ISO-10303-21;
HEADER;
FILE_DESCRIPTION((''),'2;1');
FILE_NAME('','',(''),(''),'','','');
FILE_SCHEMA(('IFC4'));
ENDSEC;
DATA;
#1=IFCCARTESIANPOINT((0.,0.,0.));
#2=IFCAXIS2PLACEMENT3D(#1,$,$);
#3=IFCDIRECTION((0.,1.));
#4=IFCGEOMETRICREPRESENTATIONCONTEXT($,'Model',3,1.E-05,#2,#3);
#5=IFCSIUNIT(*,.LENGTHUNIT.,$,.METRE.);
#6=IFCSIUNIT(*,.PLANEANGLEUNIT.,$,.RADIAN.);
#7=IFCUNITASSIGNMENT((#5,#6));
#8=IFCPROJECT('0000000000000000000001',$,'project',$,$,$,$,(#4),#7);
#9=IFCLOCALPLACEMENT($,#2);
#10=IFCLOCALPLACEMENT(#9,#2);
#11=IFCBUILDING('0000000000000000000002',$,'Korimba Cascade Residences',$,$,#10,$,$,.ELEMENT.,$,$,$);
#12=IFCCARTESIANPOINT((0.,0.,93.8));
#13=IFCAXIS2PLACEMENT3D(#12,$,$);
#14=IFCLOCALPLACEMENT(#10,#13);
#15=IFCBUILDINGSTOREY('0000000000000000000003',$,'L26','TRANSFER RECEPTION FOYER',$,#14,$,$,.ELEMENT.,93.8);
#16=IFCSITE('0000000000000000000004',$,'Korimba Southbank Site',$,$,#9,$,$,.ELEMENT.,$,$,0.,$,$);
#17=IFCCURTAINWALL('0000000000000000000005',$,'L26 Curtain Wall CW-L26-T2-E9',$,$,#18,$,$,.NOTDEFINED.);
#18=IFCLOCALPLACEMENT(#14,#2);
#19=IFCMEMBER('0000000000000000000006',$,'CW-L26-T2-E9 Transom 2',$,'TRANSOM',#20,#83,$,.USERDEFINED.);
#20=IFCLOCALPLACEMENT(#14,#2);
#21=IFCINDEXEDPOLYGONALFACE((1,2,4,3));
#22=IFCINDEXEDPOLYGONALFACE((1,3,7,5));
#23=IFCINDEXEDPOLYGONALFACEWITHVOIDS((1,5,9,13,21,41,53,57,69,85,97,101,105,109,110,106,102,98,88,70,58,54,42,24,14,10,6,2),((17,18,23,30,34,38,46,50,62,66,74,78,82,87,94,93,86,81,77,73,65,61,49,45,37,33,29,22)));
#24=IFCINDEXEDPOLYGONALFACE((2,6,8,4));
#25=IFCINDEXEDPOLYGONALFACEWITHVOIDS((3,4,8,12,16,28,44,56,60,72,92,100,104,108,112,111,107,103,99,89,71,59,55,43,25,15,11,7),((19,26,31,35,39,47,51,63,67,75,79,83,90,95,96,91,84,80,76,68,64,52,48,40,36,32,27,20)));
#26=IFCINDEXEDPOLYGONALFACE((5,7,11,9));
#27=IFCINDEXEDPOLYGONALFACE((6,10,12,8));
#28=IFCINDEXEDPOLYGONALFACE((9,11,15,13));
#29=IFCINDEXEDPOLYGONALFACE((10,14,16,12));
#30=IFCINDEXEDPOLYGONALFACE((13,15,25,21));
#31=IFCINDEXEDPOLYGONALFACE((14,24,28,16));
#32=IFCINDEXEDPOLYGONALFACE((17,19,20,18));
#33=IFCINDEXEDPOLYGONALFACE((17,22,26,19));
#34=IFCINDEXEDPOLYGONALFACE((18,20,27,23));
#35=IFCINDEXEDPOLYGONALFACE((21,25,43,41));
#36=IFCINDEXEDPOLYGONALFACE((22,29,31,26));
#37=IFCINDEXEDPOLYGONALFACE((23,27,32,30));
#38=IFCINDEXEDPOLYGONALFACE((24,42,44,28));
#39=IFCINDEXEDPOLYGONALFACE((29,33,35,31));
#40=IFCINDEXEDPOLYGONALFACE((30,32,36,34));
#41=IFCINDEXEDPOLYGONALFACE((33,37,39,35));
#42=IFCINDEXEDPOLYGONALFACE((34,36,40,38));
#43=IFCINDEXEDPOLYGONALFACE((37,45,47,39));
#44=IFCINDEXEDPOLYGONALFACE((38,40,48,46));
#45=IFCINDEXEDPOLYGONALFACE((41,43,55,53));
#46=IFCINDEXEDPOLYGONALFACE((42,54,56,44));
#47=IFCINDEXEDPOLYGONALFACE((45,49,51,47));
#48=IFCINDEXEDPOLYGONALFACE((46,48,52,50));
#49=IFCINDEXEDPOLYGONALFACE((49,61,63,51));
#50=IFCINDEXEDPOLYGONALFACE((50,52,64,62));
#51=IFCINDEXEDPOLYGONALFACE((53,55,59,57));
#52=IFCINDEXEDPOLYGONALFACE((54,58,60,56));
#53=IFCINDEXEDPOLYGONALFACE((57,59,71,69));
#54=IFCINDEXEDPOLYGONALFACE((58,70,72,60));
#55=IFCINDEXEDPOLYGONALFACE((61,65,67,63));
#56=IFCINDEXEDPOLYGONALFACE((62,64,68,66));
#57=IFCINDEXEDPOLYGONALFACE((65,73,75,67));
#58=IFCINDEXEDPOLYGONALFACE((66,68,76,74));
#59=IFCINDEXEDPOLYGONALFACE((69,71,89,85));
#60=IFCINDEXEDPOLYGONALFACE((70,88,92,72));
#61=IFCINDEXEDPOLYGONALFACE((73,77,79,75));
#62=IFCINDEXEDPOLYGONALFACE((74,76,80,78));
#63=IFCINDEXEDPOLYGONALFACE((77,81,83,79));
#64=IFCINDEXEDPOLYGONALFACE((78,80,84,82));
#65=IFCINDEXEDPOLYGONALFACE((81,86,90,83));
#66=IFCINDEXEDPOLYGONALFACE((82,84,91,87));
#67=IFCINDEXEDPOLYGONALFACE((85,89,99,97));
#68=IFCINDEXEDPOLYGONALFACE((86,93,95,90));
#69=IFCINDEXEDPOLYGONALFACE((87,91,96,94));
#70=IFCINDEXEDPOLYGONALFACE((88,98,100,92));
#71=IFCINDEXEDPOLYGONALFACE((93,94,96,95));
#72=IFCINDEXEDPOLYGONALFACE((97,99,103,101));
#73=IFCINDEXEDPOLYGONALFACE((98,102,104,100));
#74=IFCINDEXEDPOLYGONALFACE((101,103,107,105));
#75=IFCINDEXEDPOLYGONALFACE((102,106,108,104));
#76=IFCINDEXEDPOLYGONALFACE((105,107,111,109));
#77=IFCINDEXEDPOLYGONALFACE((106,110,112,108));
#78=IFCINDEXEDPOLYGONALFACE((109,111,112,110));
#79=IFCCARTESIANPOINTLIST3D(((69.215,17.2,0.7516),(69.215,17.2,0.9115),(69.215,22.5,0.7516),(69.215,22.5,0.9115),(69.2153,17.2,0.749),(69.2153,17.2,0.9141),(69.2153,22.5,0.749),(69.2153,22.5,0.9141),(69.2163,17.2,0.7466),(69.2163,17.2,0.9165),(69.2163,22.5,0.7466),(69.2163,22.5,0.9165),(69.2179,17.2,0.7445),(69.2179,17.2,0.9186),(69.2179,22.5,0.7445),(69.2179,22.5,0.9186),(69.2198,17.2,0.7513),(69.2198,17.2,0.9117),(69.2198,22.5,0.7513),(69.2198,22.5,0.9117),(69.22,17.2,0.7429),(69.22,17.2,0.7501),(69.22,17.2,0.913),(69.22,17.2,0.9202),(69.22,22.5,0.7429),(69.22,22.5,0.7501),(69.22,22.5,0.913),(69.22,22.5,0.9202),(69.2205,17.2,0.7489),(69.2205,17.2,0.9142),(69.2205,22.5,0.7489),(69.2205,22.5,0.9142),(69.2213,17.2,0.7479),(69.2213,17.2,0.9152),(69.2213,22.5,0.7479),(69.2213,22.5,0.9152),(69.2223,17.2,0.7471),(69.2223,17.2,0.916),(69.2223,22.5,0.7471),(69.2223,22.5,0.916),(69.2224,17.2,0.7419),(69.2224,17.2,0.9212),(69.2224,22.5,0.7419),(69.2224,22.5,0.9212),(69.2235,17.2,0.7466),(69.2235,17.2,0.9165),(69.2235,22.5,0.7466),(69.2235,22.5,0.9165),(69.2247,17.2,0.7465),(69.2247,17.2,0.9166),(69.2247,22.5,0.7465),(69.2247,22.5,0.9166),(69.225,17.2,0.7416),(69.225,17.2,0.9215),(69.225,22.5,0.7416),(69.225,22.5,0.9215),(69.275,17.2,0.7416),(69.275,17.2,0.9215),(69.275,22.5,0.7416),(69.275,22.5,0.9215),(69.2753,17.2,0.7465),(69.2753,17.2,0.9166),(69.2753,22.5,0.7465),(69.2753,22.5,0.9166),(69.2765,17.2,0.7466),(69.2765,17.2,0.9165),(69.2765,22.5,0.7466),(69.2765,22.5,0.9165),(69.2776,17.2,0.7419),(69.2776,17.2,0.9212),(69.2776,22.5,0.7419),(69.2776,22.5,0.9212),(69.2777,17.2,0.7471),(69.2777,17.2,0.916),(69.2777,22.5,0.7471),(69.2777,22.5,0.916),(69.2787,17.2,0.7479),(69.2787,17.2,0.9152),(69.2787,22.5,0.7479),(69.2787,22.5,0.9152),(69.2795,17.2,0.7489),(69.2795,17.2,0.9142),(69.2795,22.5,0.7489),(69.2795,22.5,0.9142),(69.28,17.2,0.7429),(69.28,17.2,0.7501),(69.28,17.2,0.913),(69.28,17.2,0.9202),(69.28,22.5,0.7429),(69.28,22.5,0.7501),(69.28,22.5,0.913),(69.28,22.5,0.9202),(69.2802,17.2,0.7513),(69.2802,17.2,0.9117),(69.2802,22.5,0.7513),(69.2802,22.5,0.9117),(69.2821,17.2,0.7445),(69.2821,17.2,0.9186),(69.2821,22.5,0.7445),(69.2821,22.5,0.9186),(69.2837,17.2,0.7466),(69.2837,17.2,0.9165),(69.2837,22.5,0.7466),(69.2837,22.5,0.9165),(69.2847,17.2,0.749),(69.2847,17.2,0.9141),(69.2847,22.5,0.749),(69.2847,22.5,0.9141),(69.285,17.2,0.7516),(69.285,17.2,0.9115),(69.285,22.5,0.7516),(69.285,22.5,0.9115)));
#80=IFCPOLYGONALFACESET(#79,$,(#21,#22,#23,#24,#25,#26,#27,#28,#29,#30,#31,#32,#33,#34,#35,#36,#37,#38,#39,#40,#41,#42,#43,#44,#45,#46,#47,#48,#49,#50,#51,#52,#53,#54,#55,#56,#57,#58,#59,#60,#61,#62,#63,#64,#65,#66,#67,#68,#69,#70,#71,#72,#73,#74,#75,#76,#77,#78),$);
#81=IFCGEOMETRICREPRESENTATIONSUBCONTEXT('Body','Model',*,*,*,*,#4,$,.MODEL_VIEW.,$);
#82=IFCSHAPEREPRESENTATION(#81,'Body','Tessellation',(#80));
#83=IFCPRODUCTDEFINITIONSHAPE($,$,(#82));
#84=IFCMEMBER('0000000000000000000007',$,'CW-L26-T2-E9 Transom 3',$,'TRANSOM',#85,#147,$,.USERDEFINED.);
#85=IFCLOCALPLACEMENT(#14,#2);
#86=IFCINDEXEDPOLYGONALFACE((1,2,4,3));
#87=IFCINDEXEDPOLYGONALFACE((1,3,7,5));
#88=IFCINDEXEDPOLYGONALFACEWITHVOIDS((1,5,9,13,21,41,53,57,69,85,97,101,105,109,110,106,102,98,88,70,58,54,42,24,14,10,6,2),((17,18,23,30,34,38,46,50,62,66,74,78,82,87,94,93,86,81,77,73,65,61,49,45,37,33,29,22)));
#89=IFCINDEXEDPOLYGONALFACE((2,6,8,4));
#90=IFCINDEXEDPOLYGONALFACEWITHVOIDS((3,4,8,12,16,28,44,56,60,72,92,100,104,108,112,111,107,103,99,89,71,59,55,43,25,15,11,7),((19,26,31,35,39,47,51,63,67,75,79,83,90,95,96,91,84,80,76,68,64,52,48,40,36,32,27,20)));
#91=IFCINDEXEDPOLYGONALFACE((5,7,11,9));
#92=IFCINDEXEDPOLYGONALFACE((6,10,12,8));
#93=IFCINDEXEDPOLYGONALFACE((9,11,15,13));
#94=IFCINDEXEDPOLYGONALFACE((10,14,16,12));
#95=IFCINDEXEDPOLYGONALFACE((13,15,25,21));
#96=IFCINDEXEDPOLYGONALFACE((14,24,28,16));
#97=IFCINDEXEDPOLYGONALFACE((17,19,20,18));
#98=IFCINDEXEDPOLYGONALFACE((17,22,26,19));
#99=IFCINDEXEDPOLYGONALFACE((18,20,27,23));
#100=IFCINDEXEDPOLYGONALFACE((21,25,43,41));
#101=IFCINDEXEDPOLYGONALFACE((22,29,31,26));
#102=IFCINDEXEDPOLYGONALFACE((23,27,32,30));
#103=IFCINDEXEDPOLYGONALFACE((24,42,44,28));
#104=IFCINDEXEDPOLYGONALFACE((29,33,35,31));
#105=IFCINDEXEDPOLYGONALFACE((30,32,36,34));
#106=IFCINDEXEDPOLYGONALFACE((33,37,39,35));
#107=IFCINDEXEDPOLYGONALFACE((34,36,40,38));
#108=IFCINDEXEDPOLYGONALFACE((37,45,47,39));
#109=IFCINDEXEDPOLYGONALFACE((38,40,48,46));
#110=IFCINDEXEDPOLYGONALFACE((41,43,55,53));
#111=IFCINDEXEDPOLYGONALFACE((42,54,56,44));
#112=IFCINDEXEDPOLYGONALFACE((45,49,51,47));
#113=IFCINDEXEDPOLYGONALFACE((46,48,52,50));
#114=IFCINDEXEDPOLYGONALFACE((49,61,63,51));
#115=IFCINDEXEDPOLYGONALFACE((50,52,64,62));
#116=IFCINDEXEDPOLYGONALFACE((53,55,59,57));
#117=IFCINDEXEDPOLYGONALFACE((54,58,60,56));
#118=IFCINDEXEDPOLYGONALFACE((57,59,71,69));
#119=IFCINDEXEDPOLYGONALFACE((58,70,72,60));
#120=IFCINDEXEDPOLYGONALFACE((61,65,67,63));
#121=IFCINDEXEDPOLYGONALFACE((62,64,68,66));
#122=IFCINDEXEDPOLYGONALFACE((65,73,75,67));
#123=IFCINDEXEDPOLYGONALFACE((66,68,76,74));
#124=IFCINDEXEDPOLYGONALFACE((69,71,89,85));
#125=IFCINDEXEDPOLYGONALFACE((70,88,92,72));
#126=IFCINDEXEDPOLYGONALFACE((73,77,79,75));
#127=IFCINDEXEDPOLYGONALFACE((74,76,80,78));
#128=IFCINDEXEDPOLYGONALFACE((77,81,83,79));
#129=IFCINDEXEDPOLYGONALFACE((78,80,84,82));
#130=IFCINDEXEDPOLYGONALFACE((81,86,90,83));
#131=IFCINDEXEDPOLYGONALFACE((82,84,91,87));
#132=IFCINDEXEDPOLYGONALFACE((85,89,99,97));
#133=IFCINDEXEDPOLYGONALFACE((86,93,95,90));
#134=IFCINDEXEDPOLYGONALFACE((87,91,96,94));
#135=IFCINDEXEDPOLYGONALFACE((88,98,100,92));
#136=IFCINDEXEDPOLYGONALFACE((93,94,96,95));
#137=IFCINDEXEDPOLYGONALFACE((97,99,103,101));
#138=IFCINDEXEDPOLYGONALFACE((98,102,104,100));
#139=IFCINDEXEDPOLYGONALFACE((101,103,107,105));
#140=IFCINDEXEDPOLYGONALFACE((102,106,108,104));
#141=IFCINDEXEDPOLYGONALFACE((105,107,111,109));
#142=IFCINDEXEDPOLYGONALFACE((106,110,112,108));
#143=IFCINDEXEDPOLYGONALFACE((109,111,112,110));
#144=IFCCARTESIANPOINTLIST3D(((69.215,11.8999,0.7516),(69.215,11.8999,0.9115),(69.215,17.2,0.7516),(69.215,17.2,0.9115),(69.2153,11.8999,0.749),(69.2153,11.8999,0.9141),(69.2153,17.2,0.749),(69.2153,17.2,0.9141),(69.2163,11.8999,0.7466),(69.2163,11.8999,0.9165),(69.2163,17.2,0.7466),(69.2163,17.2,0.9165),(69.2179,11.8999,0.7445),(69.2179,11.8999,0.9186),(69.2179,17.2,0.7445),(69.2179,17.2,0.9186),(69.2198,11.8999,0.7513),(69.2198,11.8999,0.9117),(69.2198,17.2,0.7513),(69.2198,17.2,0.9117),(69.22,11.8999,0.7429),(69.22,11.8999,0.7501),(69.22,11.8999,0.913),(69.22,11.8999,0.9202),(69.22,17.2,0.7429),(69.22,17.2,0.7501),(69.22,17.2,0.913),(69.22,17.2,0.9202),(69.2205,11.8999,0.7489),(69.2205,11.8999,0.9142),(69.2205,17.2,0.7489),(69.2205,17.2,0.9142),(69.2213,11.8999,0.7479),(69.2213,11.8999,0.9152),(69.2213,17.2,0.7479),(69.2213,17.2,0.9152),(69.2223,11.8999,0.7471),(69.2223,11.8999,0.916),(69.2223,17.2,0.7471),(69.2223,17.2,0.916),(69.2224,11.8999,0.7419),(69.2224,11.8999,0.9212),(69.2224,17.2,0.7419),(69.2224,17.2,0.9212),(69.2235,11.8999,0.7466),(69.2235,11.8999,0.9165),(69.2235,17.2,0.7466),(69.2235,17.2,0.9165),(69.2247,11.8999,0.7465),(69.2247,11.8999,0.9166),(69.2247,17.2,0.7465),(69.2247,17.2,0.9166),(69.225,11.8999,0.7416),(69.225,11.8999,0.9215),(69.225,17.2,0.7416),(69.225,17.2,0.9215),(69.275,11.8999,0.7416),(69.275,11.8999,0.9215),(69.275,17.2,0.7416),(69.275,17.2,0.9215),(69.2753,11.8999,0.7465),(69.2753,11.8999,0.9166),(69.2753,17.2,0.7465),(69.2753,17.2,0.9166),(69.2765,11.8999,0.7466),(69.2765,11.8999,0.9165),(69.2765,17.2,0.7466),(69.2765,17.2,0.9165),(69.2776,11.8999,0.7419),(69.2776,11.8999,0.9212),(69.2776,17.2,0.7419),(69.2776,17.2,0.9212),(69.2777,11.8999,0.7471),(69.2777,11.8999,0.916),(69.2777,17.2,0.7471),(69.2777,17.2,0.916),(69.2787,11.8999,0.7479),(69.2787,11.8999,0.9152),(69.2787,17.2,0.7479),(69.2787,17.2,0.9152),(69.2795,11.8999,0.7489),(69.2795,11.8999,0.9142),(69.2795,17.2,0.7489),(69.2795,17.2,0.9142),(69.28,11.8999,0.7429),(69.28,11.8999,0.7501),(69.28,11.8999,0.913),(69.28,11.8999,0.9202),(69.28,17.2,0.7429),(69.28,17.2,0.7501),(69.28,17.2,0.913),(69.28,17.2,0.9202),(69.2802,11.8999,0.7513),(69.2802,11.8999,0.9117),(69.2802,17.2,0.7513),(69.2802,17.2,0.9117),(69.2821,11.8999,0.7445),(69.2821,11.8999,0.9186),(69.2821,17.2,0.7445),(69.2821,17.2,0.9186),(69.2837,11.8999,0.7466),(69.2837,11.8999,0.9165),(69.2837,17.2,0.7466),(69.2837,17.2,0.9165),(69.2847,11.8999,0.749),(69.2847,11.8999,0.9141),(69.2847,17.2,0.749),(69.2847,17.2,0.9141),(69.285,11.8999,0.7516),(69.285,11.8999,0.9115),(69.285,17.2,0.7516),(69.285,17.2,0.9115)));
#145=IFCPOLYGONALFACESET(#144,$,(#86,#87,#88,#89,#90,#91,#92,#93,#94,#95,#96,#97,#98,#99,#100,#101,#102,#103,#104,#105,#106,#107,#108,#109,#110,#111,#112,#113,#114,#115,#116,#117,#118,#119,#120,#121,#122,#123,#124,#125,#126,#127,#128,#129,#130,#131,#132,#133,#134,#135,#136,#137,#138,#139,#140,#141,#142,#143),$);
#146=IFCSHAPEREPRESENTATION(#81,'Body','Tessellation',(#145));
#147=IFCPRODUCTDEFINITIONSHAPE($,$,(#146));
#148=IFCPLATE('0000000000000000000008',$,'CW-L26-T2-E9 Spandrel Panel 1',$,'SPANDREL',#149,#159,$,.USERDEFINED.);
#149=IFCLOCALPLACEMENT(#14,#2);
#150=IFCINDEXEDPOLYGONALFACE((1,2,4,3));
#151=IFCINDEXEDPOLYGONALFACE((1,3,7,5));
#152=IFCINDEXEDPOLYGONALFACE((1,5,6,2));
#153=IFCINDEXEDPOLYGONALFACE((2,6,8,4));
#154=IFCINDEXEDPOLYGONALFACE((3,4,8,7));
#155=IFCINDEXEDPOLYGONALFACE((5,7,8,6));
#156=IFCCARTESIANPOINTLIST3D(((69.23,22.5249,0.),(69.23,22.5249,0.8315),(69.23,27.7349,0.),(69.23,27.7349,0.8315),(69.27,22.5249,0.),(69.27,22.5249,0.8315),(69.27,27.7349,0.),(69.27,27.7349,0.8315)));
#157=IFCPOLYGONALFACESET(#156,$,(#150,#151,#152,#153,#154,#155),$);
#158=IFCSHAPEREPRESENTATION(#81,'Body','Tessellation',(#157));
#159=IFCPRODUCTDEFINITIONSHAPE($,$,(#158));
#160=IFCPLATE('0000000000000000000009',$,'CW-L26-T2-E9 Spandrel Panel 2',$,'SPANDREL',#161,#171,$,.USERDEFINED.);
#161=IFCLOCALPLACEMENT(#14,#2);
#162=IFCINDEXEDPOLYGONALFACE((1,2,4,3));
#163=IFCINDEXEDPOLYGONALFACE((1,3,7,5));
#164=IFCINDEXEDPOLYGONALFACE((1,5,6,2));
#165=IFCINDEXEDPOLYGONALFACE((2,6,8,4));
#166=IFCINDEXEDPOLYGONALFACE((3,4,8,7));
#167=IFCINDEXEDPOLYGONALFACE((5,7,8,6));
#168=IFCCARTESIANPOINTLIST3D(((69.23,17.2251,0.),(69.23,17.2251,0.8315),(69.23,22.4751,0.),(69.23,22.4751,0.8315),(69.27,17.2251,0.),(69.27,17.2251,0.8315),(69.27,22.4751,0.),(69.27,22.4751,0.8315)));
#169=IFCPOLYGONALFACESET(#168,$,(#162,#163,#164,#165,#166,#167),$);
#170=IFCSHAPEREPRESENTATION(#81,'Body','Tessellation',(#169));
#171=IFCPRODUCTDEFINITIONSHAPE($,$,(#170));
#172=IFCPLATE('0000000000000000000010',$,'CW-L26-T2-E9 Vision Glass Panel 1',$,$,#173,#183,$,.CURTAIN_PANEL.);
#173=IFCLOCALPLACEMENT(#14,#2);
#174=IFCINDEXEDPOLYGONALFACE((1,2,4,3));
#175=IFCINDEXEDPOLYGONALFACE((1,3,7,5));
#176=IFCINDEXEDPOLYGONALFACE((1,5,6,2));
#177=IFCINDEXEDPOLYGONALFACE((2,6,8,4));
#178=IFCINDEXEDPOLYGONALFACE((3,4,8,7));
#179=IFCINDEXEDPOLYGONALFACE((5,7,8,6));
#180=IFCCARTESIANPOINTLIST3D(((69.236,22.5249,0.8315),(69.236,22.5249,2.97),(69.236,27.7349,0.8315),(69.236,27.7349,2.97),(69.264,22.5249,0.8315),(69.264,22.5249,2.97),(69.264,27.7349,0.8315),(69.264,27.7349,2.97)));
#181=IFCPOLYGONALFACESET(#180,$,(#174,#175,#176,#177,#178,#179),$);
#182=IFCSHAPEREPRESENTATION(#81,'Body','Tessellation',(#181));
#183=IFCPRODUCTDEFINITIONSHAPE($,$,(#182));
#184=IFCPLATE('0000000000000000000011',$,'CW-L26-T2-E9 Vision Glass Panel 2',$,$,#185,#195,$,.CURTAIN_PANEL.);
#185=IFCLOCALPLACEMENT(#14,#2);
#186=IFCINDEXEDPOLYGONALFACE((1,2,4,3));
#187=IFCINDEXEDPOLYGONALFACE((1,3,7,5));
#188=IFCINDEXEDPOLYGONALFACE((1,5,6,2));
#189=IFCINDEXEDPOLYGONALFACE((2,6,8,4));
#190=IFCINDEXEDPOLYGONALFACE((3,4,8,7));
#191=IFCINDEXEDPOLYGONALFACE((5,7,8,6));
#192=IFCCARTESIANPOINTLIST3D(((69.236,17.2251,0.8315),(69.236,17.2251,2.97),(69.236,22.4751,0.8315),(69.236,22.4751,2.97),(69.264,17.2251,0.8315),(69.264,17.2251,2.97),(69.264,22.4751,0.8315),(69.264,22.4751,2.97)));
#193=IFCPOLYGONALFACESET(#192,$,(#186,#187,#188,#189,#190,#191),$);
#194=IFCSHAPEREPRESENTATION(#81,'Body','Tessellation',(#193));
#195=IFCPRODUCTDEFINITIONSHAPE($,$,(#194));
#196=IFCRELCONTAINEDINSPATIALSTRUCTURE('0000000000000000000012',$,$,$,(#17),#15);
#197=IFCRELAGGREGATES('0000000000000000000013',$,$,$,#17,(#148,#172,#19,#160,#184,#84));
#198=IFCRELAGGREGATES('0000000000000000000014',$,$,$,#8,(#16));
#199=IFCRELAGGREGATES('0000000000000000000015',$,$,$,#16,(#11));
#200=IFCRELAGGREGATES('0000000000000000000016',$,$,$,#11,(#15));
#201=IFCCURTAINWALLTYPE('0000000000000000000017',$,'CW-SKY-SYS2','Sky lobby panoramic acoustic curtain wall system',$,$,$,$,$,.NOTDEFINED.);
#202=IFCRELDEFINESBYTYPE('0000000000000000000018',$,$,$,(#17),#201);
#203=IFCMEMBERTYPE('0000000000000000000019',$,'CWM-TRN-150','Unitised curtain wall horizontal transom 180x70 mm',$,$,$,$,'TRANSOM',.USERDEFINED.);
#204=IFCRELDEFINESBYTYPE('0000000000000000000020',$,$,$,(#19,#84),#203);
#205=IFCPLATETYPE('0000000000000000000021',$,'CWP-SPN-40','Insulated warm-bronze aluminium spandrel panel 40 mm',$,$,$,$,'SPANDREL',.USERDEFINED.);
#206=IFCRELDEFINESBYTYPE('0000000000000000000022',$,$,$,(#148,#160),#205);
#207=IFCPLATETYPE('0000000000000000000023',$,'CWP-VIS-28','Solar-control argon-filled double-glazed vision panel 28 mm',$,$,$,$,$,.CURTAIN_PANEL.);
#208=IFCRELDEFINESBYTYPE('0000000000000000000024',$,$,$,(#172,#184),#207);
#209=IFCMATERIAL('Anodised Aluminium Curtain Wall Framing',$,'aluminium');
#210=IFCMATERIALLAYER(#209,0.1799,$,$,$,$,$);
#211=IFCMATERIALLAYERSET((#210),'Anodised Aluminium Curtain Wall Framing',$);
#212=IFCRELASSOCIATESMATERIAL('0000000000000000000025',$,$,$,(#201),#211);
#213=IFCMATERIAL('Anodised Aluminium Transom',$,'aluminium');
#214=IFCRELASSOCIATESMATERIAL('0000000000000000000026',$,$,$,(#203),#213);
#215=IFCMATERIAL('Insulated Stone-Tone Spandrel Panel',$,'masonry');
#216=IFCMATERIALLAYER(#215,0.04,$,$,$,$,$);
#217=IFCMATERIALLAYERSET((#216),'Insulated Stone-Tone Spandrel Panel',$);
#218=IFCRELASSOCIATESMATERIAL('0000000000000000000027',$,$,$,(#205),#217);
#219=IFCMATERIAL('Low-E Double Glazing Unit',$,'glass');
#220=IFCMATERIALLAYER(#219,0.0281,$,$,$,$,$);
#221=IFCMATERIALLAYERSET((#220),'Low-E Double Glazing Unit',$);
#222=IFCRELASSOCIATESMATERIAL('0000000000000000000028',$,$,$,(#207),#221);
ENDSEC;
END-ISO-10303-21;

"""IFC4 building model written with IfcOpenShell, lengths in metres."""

from ifc_helpers import new_model, si_unit, direction, frame, origin, origin_2d, place, context, subcontext, project, spatial, rectangle, hollow_rectangle, extrude, material, layer, layer_set, material_profile, profile_set, type_object, element, aggregate, save


model = new_model("IFC4")

# Units and contexts
model_context = context("Model", 3, precision=1e-05, world=origin(), true_north=direction((0.0, 1.0)))
body_context = subcontext(model_context, "Body", "Model", "MODEL_VIEW")
ifc_project = project(units=[si_unit("LENGTHUNIT", "METRE"), si_unit("PLANEANGLEUNIT", "RADIAN")], contexts=[model_context])

# Site, building, storey
site_placement = place(None, origin())
site = spatial("IfcSite", under=ifc_project, at=site_placement, Name="Korimba Southbank Site", CompositionType="ELEMENT", RefElevation=0.0)
building_placement = place(site_placement, origin())
building = spatial("IfcBuilding", under=site, at=building_placement, Name="Korimba Cascade Residences", CompositionType="ELEMENT")
storey_placement = place(building_placement, frame((0.0, 0.0, 93.8)))
storey = spatial("IfcBuildingStorey", under=building, at=storey_placement, Name="L26", Description="TRANSFER RECEPTION FOYER", CompositionType="ELEMENT", Elevation=93.8)

# Curtain wall, members, plates
ifc_material_1 = material(Name="Anodised Aluminium Curtain Wall Framing", Category="aluminium")
ifc_layer_1 = layer(ifc_material_1, 0.1799)
ifc_layer_set_1 = layer_set([ifc_layer_1], Name="Anodised Aluminium Curtain Wall Framing")
curtain_wall_type = type_object("IfcCurtainWallType", Name="CW-SKY-SYS2", Description="Sky lobby panoramic acoustic curtain wall system", PredefinedType="NOTDEFINED", material=ifc_layer_set_1)
curtain_wall_placement = place(storey_placement, origin())
curtain_wall = element("IfcCurtainWall", 1, at=curtain_wall_placement, inside=storey, type_object=curtain_wall_type, Name="L26 Curtain Wall CW-L26-T2-E9", PredefinedType="NOTDEFINED")
ifc_material_2 = material(Name="Anodised Aluminium Transom", Category="aluminium")
ifc_material_profile_1 = material_profile(ifc_material_2, hollow_rectangle(XDim=0.0701, YDim=0.1799, WallThickness=0.0049, InnerFilletRadius=0.0049, OuterFilletRadius=0.01, at=origin_2d()), Name="Anodised Aluminium Transom")
ifc_profile_set_1 = profile_set([ifc_material_profile_1], Name="Anodised Aluminium Transom")
member_type_1 = type_object("IfcMemberType", Name="CWM-TRN-150", Description="Unitised curtain wall horizontal transom 180x70 mm", ElementType="TRANSOM", PredefinedType="USERDEFINED", material=ifc_profile_set_1)
member_1_placement = place(storey_placement, frame((69.25, 22.5, 0.8315), z_axis=(0.0, -1.0, 0.0), x_axis=(1.0, 0.0, 0.0)))
member_1 = element("IfcMember", 2, at=member_1_placement, type_object=member_type_1, Name="CW-L26-T2-E9 Transom 2", ObjectType="TRANSOM", PredefinedType="USERDEFINED", context=body_context, shape_type="SweptSolid", body=[
    extrude(hollow_rectangle(XDim=0.0701, YDim=0.1799, WallThickness=0.0049, InnerFilletRadius=0.0049, OuterFilletRadius=0.01, at=origin_2d()), origin(), (0.0, 0.0, 1.0), 5.3),
])
member_2_placement = place(storey_placement, frame((69.25, 17.2, 0.8315), z_axis=(0.0, -1.0, 0.0), x_axis=(1.0, 0.0, 0.0)))
member_2 = element("IfcMember", 3, at=member_2_placement, type_object=member_type_1, Name="CW-L26-T2-E9 Transom 3", ObjectType="TRANSOM", PredefinedType="USERDEFINED", context=body_context, shape_type="SweptSolid", body=[
    extrude(hollow_rectangle(XDim=0.0701, YDim=0.1799, WallThickness=0.0049, InnerFilletRadius=0.0049, OuterFilletRadius=0.01, at=origin_2d()), origin(), (0.0, 0.0, 1.0), 5.3),
])
ifc_material_3 = material(Name="Insulated Stone-Tone Spandrel Panel", Category="masonry")
ifc_layer_2 = layer(ifc_material_3, 0.04)
ifc_layer_set_2 = layer_set([ifc_layer_2], Name="Insulated Stone-Tone Spandrel Panel")
plate_type_1 = type_object("IfcPlateType", Name="CWP-SPN-40", Description="Insulated warm-bronze aluminium spandrel panel 40 mm", ElementType="SPANDREL", PredefinedType="USERDEFINED", material=ifc_layer_set_2)
plate_1_placement = place(storey_placement, frame((69.25, 25.1299, 0.0), z_axis=(0.0, 0.0, 1.0), x_axis=(0.0, -1.0, 0.0)))
plate_1 = element("IfcPlate", 4, at=plate_1_placement, type_object=plate_type_1, Name="CW-L26-T2-E9 Spandrel Panel 1", ObjectType="SPANDREL", PredefinedType="USERDEFINED", context=body_context, shape_type="SweptSolid", body=[
    extrude(rectangle(XDim=5.21, YDim=0.04, at=origin_2d()), origin(), (0.0, 0.0, 1.0), 0.8315),
])
plate_2_placement = place(storey_placement, frame((69.25, 19.8501, 0.0), z_axis=(0.0, 0.0, 1.0), x_axis=(0.0, -1.0, 0.0)))
plate_2 = element("IfcPlate", 5, at=plate_2_placement, type_object=plate_type_1, Name="CW-L26-T2-E9 Spandrel Panel 2", ObjectType="SPANDREL", PredefinedType="USERDEFINED", context=body_context, shape_type="SweptSolid", body=[
    extrude(rectangle(XDim=5.25, YDim=0.04, at=origin_2d()), origin(), (0.0, 0.0, 1.0), 0.8315),
])
ifc_material_4 = material(Name="Low-E Double Glazing Unit", Category="glass")
ifc_layer_3 = layer(ifc_material_4, 0.0281)
ifc_layer_set_3 = layer_set([ifc_layer_3], Name="Low-E Double Glazing Unit")
plate_type_2 = type_object("IfcPlateType", Name="CWP-VIS-28", Description="Solar-control argon-filled double-glazed vision panel 28 mm", PredefinedType="CURTAIN_PANEL", material=ifc_layer_set_3)
plate_3_placement = place(storey_placement, frame((69.25, 25.1299, 0.8315), z_axis=(0.0, 0.0, 1.0), x_axis=(0.0, -1.0, 0.0)))
plate_3 = element("IfcPlate", 6, at=plate_3_placement, type_object=plate_type_2, Name="CW-L26-T2-E9 Vision Glass Panel 1", PredefinedType="CURTAIN_PANEL", context=body_context, shape_type="SweptSolid", body=[
    extrude(rectangle(XDim=5.21, YDim=0.0281, at=origin_2d()), origin(), (0.0, 0.0, 1.0), 2.1384),
])
plate_4_placement = place(storey_placement, frame((69.25, 19.8501, 0.8315), z_axis=(0.0, 0.0, 1.0), x_axis=(0.0, -1.0, 0.0)))
plate_4 = element("IfcPlate", 7, at=plate_4_placement, type_object=plate_type_2, Name="CW-L26-T2-E9 Vision Glass Panel 2", PredefinedType="CURTAIN_PANEL", context=body_context, shape_type="SweptSolid", body=[
    extrude(rectangle(XDim=5.25, YDim=0.0281, at=origin_2d()), origin(), (0.0, 0.0, 1.0), 2.1384),
])
aggregate(curtain_wall, [plate_1, plate_3, member_1, plate_2, plate_4, member_2])

save(model, "model.ifc")
